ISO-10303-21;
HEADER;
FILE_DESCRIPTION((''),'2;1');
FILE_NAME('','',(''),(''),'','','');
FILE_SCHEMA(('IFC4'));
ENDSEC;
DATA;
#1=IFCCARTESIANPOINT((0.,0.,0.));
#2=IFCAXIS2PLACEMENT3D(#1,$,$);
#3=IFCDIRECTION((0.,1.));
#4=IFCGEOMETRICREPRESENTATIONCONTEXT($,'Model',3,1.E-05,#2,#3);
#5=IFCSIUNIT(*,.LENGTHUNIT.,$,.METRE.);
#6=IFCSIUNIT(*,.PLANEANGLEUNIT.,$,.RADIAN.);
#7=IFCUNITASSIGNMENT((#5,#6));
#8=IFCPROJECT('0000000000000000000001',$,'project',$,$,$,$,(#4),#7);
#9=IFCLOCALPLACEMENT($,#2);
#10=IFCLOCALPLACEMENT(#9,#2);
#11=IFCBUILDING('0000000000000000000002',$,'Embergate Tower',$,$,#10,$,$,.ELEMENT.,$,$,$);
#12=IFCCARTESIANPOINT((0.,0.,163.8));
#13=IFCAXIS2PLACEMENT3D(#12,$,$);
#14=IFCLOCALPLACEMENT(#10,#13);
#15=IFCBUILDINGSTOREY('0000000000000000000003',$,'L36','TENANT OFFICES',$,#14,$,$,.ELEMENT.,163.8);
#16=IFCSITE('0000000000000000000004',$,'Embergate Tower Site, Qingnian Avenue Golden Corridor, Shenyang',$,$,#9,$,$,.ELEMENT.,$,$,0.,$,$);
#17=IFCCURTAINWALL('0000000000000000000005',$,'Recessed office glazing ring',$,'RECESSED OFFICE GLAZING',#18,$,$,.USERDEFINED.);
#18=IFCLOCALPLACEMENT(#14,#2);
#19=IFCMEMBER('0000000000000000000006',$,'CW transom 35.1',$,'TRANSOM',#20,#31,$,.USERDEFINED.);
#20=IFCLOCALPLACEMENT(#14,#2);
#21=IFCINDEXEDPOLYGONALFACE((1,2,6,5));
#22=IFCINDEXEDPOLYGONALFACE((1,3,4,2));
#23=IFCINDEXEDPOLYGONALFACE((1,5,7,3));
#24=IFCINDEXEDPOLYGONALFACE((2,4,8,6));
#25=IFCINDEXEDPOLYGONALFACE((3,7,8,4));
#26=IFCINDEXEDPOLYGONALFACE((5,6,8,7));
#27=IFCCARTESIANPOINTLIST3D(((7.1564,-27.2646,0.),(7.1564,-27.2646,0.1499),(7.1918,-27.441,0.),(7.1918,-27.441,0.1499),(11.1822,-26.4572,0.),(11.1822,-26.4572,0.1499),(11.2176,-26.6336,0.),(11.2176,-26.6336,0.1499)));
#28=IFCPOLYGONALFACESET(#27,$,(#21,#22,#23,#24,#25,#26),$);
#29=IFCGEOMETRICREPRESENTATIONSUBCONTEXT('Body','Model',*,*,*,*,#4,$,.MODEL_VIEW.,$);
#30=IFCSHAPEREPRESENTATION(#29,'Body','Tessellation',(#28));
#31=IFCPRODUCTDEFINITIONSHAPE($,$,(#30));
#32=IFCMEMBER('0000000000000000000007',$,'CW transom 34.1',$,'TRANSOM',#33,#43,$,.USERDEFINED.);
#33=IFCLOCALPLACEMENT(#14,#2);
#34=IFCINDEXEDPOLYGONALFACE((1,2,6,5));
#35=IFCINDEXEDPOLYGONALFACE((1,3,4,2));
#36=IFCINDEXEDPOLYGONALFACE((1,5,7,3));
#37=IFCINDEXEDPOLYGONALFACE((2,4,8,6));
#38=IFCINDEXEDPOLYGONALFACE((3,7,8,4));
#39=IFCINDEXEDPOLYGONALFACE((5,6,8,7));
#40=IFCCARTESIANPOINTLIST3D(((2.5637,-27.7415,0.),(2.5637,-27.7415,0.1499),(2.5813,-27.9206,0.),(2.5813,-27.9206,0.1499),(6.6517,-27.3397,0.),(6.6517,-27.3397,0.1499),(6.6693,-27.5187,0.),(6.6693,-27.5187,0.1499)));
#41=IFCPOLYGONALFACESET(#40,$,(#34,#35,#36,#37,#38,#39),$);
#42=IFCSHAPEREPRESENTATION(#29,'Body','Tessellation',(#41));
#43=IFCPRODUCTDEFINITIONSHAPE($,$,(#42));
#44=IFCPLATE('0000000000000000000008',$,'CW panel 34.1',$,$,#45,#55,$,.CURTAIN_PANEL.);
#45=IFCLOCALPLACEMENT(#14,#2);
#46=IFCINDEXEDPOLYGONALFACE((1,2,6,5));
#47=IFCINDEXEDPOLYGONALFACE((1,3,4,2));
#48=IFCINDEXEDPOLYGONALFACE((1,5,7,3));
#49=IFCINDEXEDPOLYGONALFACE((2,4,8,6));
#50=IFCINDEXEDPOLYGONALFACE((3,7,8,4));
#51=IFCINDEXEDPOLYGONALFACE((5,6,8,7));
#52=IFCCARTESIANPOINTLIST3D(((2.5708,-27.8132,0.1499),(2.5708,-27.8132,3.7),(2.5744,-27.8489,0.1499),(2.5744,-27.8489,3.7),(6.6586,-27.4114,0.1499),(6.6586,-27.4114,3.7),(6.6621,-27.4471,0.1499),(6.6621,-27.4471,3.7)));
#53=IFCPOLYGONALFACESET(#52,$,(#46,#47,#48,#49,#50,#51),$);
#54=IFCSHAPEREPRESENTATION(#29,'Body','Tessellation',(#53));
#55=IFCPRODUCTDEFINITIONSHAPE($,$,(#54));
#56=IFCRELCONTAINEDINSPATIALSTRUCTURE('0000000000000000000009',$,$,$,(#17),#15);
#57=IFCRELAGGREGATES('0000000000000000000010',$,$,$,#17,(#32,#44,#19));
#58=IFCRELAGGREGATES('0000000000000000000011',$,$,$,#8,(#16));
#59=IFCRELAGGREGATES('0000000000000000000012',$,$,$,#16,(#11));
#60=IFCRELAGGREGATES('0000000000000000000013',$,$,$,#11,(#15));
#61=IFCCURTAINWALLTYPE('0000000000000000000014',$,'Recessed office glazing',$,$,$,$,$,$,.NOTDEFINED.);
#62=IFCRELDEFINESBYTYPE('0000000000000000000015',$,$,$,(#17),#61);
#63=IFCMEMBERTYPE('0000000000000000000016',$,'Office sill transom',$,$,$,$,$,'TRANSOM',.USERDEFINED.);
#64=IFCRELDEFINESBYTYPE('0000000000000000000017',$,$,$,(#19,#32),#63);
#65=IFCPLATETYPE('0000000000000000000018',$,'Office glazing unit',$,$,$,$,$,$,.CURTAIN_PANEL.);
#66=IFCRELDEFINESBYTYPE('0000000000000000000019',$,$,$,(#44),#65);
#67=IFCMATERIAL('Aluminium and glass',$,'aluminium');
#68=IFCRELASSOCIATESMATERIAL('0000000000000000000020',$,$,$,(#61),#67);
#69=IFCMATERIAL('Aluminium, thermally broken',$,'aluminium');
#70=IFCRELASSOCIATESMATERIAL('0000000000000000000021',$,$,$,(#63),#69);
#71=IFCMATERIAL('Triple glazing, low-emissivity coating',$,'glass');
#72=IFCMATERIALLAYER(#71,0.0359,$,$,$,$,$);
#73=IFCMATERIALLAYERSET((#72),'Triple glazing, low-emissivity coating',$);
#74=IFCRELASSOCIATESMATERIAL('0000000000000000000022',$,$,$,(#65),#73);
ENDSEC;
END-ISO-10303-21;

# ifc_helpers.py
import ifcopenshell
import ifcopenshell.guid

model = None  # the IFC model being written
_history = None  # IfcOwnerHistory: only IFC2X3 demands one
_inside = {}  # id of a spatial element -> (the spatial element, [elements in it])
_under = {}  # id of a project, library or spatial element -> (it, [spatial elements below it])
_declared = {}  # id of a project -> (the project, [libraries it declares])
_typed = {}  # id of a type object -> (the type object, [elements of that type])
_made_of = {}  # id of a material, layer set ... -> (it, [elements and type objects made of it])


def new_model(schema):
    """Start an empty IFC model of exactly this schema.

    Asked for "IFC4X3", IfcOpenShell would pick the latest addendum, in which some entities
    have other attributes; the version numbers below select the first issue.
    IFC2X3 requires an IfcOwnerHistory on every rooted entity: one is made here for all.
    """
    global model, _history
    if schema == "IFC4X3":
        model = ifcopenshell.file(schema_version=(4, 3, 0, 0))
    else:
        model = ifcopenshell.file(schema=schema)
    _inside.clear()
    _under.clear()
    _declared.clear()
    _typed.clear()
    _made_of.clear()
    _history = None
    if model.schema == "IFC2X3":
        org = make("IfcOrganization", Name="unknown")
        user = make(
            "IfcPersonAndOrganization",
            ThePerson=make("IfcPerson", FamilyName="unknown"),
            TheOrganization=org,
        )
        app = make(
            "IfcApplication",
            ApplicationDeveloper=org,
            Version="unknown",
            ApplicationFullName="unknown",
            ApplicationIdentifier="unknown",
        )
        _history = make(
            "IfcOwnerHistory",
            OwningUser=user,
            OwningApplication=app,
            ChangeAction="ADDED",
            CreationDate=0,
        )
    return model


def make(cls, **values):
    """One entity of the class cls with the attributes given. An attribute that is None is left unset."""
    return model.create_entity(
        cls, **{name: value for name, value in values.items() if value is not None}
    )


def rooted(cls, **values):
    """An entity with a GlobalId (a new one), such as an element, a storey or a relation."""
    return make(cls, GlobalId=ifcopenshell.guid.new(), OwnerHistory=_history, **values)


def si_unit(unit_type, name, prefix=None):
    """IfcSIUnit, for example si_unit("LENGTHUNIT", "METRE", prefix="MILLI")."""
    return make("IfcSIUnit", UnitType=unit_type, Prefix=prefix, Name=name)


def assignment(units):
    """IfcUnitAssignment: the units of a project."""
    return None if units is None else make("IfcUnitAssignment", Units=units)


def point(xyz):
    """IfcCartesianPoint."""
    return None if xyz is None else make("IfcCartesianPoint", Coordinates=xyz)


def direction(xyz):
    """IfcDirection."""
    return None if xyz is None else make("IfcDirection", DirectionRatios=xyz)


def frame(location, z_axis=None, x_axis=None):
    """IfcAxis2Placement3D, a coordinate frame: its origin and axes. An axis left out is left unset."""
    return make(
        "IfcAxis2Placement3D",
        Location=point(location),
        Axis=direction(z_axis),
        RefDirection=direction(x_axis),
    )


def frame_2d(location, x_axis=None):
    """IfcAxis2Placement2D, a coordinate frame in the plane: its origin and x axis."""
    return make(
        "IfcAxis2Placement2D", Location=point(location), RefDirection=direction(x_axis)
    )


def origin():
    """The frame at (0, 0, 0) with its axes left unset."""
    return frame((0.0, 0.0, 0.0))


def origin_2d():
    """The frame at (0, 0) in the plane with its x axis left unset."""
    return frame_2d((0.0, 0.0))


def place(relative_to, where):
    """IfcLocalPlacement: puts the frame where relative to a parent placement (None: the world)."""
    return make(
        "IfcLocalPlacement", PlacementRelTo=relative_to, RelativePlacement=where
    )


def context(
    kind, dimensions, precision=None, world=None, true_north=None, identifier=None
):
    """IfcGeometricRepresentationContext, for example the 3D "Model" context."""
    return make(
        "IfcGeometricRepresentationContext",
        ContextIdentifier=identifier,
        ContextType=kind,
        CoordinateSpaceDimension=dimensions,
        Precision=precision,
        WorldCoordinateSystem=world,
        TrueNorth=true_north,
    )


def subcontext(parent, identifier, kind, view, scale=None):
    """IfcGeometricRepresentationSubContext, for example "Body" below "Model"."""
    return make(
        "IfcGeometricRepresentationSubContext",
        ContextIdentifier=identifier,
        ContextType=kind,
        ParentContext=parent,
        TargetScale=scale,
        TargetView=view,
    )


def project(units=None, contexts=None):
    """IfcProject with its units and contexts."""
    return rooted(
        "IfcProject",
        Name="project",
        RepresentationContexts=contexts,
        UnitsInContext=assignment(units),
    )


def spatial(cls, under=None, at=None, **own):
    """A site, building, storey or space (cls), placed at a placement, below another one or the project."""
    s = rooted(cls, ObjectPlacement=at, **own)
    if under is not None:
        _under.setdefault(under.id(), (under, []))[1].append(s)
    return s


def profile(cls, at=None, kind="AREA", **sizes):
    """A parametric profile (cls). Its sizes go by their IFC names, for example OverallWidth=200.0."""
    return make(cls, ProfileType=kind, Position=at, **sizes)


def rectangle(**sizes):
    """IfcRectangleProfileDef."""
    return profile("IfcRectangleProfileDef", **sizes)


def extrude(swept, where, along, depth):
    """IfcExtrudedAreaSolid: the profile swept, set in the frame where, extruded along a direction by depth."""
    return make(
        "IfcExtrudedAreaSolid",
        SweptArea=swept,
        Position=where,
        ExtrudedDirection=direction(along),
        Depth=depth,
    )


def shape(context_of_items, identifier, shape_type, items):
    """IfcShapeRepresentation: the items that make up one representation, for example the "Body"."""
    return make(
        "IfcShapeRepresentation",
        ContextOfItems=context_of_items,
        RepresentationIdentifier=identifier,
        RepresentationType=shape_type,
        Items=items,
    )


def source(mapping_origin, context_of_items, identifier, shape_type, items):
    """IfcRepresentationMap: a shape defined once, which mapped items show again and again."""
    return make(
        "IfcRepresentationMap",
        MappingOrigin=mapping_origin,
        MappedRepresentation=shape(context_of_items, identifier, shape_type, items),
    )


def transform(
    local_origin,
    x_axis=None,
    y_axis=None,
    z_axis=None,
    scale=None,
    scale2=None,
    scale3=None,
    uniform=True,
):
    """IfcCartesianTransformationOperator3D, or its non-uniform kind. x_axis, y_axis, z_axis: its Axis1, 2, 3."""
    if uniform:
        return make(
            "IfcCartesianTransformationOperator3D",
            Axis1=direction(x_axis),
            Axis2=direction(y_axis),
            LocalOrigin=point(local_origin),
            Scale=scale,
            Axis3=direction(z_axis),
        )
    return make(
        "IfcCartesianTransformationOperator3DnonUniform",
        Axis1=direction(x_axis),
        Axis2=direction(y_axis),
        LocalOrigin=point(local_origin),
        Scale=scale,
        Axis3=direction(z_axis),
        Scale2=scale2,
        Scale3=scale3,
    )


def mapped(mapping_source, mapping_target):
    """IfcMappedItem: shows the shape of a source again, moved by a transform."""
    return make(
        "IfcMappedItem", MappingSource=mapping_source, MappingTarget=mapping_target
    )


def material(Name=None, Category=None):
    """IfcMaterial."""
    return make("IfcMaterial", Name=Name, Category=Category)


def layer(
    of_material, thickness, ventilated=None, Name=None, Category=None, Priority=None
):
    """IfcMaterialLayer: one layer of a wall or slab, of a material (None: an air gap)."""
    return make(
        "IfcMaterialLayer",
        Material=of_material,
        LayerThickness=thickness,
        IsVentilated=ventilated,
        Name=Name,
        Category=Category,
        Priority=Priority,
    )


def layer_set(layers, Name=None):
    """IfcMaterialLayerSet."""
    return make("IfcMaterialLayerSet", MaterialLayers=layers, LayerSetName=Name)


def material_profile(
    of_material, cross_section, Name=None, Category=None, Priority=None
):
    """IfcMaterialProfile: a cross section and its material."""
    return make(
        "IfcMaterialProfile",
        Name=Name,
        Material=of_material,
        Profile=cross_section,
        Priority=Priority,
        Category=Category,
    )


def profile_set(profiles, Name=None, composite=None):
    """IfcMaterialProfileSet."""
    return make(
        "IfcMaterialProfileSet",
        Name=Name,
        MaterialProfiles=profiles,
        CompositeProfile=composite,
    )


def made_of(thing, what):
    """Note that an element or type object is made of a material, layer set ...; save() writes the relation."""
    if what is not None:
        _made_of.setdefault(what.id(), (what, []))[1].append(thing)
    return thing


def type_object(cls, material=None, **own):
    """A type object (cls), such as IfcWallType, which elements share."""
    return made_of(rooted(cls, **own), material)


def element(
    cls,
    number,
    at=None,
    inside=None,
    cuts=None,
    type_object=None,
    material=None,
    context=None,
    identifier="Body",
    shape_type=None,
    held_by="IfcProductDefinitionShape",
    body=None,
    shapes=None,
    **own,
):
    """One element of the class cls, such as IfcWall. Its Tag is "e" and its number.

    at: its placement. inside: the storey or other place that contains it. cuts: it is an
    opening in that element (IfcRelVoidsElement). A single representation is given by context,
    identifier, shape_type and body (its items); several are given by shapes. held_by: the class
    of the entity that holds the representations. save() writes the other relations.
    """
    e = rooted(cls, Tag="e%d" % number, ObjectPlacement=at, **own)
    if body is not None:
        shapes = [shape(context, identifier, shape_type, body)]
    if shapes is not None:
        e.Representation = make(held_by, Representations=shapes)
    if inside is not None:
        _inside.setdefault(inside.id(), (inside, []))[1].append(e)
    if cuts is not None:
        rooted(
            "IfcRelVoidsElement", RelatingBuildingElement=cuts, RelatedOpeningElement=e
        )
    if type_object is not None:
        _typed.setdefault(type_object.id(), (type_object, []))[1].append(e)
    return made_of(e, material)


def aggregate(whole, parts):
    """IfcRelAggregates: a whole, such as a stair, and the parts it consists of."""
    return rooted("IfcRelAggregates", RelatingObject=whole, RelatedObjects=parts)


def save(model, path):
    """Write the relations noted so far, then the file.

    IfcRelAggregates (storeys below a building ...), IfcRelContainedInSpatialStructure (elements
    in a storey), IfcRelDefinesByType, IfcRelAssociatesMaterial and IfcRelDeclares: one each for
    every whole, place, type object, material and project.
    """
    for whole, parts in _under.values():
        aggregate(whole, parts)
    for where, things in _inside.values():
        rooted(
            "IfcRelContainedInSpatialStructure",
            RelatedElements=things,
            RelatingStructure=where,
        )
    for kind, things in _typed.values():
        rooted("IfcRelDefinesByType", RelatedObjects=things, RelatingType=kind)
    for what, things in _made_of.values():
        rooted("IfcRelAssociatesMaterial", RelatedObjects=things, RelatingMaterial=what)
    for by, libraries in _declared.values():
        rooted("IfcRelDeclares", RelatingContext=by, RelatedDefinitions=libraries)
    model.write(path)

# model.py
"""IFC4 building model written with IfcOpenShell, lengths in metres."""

from ifc_helpers import new_model, si_unit, direction, frame, origin, origin_2d, place, context, subcontext, project, spatial, rectangle, extrude, source, transform, mapped, material, layer, layer_set, material_profile, profile_set, type_object, element, aggregate, save


model = new_model("IFC4")

# Units and contexts
model_context = context("Model", 3, precision=1e-05, world=origin(), true_north=direction((0.0, 1.0)))
body_context = subcontext(model_context, "Body", "Model", "MODEL_VIEW")
ifc_project = project(units=[si_unit("LENGTHUNIT", "METRE"), si_unit("PLANEANGLEUNIT", "RADIAN")], contexts=[model_context])

# Site, building, storey
site_placement = place(None, origin())
site = spatial("IfcSite", under=ifc_project, at=site_placement, Name="Embergate Tower Site, Qingnian Avenue Golden Corridor, Shenyang", CompositionType="ELEMENT", RefElevation=0.0)
building_placement = place(site_placement, origin())
building = spatial("IfcBuilding", under=site, at=building_placement, Name="Embergate Tower", CompositionType="ELEMENT")
storey_placement = place(building_placement, frame((0.0, 0.0, 163.8)))
storey = spatial("IfcBuildingStorey", under=building, at=storey_placement, Name="L36", Description="TENANT OFFICES", CompositionType="ELEMENT", Elevation=163.8)

# Curtain wall, members, plate
ifc_material_1 = material(Name="Aluminium and glass", Category="aluminium")
curtain_wall_type = type_object("IfcCurtainWallType", Name="Recessed office glazing", PredefinedType="NOTDEFINED", material=ifc_material_1)
curtain_wall_placement = place(storey_placement, origin())
curtain_wall = element("IfcCurtainWall", 1, at=curtain_wall_placement, inside=storey, type_object=curtain_wall_type, Name="Recessed office glazing ring", ObjectType="RECESSED OFFICE GLAZING", PredefinedType="USERDEFINED")
ifc_material_2 = material(Name="Aluminium, thermally broken", Category="aluminium")
ifc_material_profile_1 = material_profile(ifc_material_2, rectangle(XDim=0.1799, YDim=0.1499, at=origin_2d()), Name="AL 150x180")
ifc_profile_set_1 = profile_set([ifc_material_profile_1], Name="Aluminium, thermally broken")
member_type_1 = type_object("IfcMemberType", Name="Office sill transom", ElementType="TRANSOM", PredefinedType="USERDEFINED", material=ifc_profile_set_1)
shared_shape_1 = source(origin(), body_context, "Body", "SweptSolid", [
    extrude(rectangle(XDim=0.1799, YDim=0.1499, at=origin_2d()), origin(), (0.0, 0.0, 1.0), 4.106),
])
member_1_placement = place(storey_placement, frame((7.1741, -27.3528, 0.075), z_axis=(0.980478, 0.196631, 0.0), x_axis=(-0.196631, 0.980478, 0.0)))
member_1 = element("IfcMember", 2, at=member_1_placement, type_object=member_type_1, Name="CW transom 35.1", ObjectType="TRANSOM", PredefinedType="USERDEFINED", context=body_context, shape_type="MappedRepresentation", body=[
    mapped(shared_shape_1, transform((0.0, 0.0, 0.0))),
])
shared_shape_2 = source(origin(), body_context, "Body", "SweptSolid", [
    extrude(rectangle(XDim=0.1799, YDim=0.1499, at=origin_2d()), origin(), (0.0, 0.0, 1.0), 4.1077),
])
member_2_placement = place(storey_placement, frame((2.5725, -27.8311, 0.075), z_axis=(0.995203, 0.097832, 0.0), x_axis=(-0.097832, 0.995203, 0.0)))
member_2 = element("IfcMember", 3, at=member_2_placement, type_object=member_type_1, Name="CW transom 34.1", ObjectType="TRANSOM", PredefinedType="USERDEFINED", context=body_context, shape_type="MappedRepresentation", body=[
    mapped(shared_shape_2, transform((0.0, 0.0, 0.0))),
])
ifc_material_3 = material(Name="Triple glazing, low-emissivity coating", Category="glass")
ifc_layer = layer(ifc_material_3, 0.0359)
ifc_layer_set = layer_set([ifc_layer], Name="Triple glazing, low-emissivity coating")
plate_type = type_object("IfcPlateType", Name="Office glazing unit", PredefinedType="CURTAIN_PANEL", material=ifc_layer_set)
shared_shape_3 = source(origin(), body_context, "Body", "SweptSolid", [
    extrude(rectangle(XDim=4.1074, YDim=0.0359, at=origin_2d()), origin(), (0.0, 0.0, 1.0), 3.55),
])
plate_placement = place(storey_placement, frame((4.6165, -27.6301, 0.1499), z_axis=(0.0, 0.0, 1.0), x_axis=(0.995203, 0.09783, 0.0)))
plate = element("IfcPlate", 4, at=plate_placement, type_object=plate_type, Name="CW panel 34.1", PredefinedType="CURTAIN_PANEL", context=body_context, shape_type="MappedRepresentation", body=[
    mapped(shared_shape_3, transform((0.0, 0.0, 0.0))),
])
aggregate(curtain_wall, [member_2, plate, member_1])

save(model, "model.ifc")
